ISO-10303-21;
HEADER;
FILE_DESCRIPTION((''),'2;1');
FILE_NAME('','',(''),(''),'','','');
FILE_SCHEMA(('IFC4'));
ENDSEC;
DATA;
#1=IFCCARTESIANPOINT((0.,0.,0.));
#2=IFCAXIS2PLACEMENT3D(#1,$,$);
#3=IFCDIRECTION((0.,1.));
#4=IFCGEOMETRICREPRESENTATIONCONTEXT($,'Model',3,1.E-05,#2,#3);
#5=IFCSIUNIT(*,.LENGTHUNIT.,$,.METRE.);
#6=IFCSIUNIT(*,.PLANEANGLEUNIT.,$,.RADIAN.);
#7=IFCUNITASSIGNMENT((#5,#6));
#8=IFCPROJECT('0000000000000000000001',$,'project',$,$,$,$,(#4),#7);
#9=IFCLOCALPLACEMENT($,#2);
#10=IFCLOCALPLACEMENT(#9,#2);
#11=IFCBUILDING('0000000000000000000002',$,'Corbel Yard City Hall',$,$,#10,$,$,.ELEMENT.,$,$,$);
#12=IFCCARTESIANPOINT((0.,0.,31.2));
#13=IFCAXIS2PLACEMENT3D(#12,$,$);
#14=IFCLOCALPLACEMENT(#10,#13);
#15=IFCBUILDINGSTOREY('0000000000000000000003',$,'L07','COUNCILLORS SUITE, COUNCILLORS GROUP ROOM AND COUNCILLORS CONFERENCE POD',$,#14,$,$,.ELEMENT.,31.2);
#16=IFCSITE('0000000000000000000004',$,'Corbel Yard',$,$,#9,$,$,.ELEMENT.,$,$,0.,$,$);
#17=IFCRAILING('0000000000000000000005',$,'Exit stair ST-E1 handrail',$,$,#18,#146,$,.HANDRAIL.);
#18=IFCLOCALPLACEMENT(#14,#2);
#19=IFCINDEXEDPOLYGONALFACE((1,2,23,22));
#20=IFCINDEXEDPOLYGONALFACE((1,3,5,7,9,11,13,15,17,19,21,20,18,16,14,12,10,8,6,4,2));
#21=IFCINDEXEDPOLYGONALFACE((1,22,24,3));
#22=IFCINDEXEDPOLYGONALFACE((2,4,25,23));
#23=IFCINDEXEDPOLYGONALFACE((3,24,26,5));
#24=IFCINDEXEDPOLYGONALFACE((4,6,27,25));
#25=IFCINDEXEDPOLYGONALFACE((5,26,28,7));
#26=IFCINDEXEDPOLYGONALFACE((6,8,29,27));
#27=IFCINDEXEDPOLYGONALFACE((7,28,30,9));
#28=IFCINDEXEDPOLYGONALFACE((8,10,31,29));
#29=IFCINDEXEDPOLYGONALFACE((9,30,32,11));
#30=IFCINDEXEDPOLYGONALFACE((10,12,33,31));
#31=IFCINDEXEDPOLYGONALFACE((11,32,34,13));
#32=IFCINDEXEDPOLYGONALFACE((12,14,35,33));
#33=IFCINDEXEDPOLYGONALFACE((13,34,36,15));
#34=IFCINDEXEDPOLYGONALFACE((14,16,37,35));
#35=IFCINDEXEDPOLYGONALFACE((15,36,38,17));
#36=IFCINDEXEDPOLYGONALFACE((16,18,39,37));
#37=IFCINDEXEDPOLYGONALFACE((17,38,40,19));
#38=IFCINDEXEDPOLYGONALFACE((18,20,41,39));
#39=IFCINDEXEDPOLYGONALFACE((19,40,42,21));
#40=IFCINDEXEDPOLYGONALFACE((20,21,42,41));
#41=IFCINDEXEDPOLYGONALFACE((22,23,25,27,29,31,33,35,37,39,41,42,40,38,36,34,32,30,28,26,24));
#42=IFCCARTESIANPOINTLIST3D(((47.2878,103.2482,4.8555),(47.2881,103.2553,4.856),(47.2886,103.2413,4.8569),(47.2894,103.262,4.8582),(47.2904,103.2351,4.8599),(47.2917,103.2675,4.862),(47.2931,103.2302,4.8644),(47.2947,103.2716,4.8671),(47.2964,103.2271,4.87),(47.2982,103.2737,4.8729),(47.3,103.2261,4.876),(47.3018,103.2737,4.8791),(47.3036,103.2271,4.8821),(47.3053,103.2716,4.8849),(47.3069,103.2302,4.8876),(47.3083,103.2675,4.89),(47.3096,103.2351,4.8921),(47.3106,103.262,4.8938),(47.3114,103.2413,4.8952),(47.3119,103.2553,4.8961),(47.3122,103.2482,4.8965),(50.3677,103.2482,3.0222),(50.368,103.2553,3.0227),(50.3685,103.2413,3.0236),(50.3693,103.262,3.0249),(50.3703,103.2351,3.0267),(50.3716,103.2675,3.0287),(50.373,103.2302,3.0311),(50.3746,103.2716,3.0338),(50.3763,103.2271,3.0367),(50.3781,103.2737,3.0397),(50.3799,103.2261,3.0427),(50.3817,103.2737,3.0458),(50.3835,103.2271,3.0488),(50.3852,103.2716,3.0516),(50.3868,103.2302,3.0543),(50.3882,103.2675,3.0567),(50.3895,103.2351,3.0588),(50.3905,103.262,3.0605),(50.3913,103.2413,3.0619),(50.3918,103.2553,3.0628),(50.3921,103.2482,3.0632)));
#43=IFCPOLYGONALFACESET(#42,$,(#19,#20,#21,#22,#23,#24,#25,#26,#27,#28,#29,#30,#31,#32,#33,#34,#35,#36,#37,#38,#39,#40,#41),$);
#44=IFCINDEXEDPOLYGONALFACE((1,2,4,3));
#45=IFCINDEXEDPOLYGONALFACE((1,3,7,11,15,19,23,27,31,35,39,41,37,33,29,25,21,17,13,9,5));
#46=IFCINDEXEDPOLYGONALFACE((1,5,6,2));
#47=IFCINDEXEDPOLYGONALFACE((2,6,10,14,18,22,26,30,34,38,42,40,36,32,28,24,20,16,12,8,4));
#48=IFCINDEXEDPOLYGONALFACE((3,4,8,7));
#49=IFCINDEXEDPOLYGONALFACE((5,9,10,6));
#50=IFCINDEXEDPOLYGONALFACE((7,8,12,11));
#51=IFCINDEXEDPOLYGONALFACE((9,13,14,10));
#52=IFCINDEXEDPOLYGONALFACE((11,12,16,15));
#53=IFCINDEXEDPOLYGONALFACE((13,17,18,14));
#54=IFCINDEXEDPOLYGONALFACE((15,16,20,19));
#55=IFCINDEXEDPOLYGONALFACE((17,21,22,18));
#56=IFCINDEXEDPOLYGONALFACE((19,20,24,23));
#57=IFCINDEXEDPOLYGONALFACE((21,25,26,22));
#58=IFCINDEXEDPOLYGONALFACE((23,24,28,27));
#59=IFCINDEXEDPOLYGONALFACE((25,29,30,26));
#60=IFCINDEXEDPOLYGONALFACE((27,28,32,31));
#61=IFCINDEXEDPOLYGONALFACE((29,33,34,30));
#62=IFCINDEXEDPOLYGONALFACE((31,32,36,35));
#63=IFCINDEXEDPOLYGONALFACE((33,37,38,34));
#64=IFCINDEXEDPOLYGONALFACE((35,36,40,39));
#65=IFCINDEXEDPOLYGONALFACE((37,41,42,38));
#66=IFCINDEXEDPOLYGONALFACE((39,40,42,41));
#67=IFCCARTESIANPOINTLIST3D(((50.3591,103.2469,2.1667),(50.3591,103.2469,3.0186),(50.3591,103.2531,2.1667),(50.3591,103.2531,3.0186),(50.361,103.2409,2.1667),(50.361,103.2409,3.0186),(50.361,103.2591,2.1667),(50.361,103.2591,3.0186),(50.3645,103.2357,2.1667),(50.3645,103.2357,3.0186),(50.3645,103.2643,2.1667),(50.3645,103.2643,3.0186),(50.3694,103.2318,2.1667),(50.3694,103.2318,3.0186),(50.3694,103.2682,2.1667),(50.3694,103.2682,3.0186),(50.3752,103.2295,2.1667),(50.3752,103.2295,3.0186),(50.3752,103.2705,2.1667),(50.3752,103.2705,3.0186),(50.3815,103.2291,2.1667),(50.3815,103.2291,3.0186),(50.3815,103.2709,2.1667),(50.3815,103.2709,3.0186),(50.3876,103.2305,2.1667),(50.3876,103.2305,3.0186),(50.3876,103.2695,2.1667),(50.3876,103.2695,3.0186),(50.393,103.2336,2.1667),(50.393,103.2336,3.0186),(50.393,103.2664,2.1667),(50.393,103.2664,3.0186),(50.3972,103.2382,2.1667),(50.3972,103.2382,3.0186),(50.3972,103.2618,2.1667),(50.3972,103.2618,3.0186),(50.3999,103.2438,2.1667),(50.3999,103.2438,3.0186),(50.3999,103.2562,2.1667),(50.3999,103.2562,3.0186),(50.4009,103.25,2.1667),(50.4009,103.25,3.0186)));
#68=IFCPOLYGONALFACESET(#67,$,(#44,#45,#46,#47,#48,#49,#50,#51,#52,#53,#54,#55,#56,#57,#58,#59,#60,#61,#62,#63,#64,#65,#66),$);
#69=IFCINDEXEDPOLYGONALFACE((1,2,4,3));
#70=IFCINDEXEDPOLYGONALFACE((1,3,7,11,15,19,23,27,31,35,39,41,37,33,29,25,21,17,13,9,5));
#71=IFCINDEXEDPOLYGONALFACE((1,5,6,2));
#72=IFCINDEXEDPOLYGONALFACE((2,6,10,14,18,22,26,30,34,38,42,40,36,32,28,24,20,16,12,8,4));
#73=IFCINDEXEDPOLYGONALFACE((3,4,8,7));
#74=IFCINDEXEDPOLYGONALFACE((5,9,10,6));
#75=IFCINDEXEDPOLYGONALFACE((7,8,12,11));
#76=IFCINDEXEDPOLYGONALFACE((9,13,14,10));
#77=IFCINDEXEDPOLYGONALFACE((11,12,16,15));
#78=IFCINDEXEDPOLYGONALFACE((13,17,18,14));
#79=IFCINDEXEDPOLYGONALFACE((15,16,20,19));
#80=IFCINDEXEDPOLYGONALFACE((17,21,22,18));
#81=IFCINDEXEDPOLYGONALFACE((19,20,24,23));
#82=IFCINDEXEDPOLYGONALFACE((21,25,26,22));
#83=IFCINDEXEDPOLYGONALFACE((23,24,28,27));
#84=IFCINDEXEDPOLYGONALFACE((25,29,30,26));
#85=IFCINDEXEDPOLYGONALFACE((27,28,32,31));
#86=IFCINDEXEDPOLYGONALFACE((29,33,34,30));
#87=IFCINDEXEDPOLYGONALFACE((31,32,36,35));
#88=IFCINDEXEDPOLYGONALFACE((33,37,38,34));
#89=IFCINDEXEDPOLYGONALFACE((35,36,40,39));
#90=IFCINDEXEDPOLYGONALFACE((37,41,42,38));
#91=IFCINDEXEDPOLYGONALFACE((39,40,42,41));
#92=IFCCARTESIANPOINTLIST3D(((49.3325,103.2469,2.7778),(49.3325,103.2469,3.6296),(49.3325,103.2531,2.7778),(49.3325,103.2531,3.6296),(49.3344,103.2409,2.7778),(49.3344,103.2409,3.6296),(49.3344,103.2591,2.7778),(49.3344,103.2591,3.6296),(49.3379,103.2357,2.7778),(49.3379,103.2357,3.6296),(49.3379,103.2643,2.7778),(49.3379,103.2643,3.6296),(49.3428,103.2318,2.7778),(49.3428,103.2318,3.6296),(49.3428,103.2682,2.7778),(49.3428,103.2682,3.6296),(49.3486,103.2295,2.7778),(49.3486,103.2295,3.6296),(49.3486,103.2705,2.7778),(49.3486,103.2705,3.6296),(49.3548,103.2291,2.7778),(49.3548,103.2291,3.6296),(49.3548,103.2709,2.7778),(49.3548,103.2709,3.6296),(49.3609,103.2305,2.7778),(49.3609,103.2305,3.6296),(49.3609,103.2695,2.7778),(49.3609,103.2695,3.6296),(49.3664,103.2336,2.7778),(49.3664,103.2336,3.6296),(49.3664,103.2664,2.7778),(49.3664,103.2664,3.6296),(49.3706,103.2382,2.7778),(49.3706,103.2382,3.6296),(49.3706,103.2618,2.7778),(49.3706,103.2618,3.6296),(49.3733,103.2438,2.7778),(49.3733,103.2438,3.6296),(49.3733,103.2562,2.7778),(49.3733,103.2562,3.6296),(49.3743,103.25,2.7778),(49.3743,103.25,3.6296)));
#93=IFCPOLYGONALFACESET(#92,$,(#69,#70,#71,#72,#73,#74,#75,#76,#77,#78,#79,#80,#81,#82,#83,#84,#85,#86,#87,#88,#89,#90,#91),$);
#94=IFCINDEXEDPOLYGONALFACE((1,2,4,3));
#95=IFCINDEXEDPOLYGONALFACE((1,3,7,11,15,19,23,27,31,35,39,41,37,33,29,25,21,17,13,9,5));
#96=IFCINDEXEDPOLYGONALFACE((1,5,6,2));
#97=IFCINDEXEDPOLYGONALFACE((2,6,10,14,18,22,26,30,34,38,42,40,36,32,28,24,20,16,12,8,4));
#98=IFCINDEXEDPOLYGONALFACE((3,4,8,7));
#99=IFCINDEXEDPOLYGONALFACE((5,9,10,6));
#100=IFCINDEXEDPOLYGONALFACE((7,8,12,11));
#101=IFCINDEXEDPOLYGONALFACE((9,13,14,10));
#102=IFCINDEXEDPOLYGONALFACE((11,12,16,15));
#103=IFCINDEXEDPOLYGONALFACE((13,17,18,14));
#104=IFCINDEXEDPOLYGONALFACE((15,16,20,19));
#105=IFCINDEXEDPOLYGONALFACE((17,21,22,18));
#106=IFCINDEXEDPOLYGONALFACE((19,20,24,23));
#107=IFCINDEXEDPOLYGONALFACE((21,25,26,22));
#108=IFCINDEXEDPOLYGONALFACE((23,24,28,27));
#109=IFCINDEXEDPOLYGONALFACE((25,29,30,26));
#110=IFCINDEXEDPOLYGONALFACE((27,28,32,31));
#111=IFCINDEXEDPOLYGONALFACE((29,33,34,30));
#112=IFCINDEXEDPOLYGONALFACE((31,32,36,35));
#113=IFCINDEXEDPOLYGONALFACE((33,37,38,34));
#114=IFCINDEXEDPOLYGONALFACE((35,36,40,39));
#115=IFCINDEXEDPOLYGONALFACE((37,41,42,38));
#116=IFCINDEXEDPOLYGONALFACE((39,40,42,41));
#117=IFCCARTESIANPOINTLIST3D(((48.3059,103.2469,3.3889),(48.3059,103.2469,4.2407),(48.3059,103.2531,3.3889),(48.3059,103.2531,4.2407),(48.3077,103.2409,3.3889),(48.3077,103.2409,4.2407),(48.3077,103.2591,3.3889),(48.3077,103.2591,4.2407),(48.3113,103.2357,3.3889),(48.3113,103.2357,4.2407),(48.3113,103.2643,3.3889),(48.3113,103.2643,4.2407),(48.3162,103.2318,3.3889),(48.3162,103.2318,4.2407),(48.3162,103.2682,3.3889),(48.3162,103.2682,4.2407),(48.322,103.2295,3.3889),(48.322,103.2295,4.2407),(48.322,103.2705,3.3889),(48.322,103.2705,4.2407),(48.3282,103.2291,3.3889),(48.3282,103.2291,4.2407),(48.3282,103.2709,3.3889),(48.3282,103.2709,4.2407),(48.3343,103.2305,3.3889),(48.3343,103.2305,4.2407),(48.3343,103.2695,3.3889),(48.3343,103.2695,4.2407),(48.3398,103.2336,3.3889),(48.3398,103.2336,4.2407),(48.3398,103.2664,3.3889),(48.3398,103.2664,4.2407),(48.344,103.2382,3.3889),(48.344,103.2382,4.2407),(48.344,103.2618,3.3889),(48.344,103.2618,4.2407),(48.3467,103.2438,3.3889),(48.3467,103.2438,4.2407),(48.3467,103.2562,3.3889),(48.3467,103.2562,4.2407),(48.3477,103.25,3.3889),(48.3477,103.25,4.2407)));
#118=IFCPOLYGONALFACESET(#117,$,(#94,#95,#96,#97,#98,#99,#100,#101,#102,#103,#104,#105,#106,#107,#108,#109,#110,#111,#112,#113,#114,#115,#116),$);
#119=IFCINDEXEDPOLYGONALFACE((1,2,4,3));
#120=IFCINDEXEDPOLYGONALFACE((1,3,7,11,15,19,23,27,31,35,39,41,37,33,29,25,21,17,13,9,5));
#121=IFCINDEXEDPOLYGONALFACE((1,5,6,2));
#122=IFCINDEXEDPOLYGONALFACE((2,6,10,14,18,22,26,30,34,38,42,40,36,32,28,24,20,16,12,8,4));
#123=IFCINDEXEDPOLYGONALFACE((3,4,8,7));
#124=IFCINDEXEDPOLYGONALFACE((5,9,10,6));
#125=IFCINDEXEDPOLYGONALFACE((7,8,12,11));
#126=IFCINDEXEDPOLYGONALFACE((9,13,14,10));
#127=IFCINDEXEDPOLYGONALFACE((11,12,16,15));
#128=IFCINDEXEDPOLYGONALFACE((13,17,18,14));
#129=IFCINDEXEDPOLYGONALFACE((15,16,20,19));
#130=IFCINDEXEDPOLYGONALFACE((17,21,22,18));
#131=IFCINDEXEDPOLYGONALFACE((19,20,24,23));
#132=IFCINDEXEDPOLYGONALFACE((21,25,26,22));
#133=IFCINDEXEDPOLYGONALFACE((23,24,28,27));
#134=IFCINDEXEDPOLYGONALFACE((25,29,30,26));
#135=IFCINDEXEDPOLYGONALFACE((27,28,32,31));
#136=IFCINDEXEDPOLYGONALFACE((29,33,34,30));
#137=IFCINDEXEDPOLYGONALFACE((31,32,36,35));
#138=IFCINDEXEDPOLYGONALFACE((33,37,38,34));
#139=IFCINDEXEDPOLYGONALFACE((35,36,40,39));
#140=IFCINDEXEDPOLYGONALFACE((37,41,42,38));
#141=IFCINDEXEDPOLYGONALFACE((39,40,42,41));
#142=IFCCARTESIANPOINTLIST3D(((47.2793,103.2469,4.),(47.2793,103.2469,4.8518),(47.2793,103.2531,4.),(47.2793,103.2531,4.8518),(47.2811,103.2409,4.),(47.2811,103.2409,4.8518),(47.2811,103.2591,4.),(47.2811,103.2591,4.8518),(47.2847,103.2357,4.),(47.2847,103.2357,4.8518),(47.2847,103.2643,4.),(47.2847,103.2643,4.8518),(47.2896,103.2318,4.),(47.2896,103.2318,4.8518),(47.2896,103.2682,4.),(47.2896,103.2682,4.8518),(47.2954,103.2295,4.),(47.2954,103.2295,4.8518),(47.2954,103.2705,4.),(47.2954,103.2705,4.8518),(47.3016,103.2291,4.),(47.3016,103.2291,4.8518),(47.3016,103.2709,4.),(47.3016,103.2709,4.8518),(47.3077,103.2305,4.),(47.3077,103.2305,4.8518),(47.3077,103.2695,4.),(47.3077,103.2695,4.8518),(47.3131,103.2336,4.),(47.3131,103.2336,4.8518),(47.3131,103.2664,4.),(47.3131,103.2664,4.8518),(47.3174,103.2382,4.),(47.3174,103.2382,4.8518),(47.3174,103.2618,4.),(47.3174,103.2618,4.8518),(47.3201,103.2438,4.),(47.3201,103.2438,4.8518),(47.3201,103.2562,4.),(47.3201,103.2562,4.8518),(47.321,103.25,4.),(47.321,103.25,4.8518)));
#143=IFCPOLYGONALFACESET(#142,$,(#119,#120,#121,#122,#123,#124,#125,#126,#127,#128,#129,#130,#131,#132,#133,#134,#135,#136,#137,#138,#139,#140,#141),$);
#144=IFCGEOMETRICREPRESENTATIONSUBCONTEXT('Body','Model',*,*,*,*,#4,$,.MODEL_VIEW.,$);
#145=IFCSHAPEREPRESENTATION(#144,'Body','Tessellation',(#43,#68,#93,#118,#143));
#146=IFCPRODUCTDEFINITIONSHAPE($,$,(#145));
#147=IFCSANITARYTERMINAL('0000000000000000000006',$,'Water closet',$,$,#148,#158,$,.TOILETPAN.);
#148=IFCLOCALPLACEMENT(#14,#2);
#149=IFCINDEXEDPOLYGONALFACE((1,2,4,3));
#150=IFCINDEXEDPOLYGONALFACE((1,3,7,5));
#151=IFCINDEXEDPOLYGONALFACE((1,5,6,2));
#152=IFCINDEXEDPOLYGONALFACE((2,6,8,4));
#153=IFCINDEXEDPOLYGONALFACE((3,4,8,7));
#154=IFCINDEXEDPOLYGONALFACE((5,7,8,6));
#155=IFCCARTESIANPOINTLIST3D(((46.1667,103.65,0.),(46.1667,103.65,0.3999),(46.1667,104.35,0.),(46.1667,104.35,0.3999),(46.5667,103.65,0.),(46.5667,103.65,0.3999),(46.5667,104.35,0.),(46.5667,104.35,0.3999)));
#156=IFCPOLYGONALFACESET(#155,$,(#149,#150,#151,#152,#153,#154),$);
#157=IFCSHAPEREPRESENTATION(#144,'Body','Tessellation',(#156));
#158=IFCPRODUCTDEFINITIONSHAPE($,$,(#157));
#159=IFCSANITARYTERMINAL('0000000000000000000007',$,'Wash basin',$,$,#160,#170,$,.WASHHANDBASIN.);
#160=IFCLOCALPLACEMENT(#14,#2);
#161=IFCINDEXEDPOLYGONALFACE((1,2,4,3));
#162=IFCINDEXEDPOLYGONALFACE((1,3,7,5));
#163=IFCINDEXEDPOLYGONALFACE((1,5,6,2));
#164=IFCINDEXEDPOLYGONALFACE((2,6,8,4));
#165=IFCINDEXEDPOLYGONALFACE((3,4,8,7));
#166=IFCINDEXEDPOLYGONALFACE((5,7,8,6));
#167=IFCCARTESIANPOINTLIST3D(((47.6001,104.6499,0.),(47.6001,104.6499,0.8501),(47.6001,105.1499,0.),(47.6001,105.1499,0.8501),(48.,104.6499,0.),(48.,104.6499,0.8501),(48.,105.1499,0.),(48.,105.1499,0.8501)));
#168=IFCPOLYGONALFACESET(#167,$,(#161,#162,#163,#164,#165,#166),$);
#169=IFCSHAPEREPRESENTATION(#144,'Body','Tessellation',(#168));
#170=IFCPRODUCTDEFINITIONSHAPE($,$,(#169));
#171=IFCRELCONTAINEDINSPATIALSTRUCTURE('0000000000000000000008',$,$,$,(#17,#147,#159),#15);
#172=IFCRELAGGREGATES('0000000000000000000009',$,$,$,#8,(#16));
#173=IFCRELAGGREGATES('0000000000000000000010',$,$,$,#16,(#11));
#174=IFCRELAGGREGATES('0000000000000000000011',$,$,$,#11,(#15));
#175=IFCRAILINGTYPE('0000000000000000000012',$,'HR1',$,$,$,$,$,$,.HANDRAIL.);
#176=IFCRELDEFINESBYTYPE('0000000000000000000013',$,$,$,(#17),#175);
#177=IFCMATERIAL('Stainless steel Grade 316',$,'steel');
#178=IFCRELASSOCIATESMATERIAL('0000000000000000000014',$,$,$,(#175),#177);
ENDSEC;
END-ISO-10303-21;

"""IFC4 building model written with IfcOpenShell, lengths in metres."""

from ifc_helpers import new_model, si_unit, direction, frame, origin, origin_2d, place, context, subcontext, project, spatial, rectangle, circle, extrude, material, type_object, element, save


model = new_model("IFC4")

# Units and contexts
model_context = context("Model", 3, precision=1e-05, world=origin(), true_north=direction((0.0, 1.0)))
body_context = subcontext(model_context, "Body", "Model", "MODEL_VIEW")
ifc_project = project(units=[si_unit("LENGTHUNIT", "METRE"), si_unit("PLANEANGLEUNIT", "RADIAN")], contexts=[model_context])

# Site, building, storey
site_placement = place(None, origin())
site = spatial("IfcSite", under=ifc_project, at=site_placement, Name="Corbel Yard", CompositionType="ELEMENT", RefElevation=0.0)
building_placement = place(site_placement, origin())
building = spatial("IfcBuilding", under=site, at=building_placement, Name="Corbel Yard City Hall", CompositionType="ELEMENT")
storey_placement = place(building_placement, frame((0.0, 0.0, 31.2)))
storey = spatial("IfcBuildingStorey", under=building, at=storey_placement, Name="L07", Description="COUNCILLORS SUITE, COUNCILLORS GROUP ROOM AND COUNCILLORS CONFERENCE POD", CompositionType="ELEMENT", Elevation=31.2)

# Shared definitions
ifc_material_1 = material(Name="Stainless steel Grade 316", Category="steel")

# Railing
railing_type = type_object("IfcRailingType", Name="HR1", PredefinedType="HANDRAIL", material=ifc_material_1)
for number, where, name in (
    (1, (50.3799, 103.25, 2.1667), "Exit stair ST-E1 handrail"),
):
    element("IfcRailing", number, at=place(storey_placement, frame(where)), inside=storey, type_object=railing_type, Name=name, PredefinedType="HANDRAIL", context=body_context, shape_type="SweptSolid", body=[
        extrude(circle(Radius=0.0239, at=origin_2d()), frame((0.0, 0.0, 0.876), z_axis=(-0.859291, 0.0, 0.511487), x_axis=(0.0, -1.0, 0.0)), (0.0, 0.0, 1.0), 3.5842),
        extrude(circle(Radius=0.021, at=origin_2d()), origin(), (0.0, 0.0, 1.0), 0.8518),
        extrude(circle(Radius=0.021, at=origin_2d()), frame((-1.0266, 0.0, 0.6111)), (0.0, 0.0, 1.0), 0.8518),
        extrude(circle(Radius=0.021, at=origin_2d()), frame((-2.0532, 0.0, 1.2222)), (0.0, 0.0, 1.0), 0.8518),
        extrude(circle(Radius=0.021, at=origin_2d()), frame((-3.0798, 0.0, 1.8333)), (0.0, 0.0, 1.0), 0.8518),
    ])

# Sanitary terminals
sanitary_terminal_1_placement = place(storey_placement, frame((46.3667, 104.0, 0.0), z_axis=(0.0, 0.0, 1.0), x_axis=(1.0, 0.0, 0.0)))
element("IfcSanitaryTerminal", 2, at=sanitary_terminal_1_placement, inside=storey, Name="Water closet", PredefinedType="TOILETPAN", context=body_context, shape_type="SweptSolid", body=[
    extrude(rectangle(XDim=0.3999, YDim=0.7, at=origin_2d()), origin(), (0.0, 0.0, 1.0), 0.3999),
])
sanitary_terminal_2_placement = place(storey_placement, frame((47.8, 104.8999, 0.0), z_axis=(0.0, 0.0, 1.0), x_axis=(1.0, 0.0, 0.0)))
element("IfcSanitaryTerminal", 3, at=sanitary_terminal_2_placement, inside=storey, Name="Wash basin", PredefinedType="WASHHANDBASIN", context=body_context, shape_type="SweptSolid", body=[
    extrude(rectangle(XDim=0.3999, YDim=0.5, at=origin_2d()), origin(), (0.0, 0.0, 1.0), 0.8501),
])

save(model, "model.ifc")
